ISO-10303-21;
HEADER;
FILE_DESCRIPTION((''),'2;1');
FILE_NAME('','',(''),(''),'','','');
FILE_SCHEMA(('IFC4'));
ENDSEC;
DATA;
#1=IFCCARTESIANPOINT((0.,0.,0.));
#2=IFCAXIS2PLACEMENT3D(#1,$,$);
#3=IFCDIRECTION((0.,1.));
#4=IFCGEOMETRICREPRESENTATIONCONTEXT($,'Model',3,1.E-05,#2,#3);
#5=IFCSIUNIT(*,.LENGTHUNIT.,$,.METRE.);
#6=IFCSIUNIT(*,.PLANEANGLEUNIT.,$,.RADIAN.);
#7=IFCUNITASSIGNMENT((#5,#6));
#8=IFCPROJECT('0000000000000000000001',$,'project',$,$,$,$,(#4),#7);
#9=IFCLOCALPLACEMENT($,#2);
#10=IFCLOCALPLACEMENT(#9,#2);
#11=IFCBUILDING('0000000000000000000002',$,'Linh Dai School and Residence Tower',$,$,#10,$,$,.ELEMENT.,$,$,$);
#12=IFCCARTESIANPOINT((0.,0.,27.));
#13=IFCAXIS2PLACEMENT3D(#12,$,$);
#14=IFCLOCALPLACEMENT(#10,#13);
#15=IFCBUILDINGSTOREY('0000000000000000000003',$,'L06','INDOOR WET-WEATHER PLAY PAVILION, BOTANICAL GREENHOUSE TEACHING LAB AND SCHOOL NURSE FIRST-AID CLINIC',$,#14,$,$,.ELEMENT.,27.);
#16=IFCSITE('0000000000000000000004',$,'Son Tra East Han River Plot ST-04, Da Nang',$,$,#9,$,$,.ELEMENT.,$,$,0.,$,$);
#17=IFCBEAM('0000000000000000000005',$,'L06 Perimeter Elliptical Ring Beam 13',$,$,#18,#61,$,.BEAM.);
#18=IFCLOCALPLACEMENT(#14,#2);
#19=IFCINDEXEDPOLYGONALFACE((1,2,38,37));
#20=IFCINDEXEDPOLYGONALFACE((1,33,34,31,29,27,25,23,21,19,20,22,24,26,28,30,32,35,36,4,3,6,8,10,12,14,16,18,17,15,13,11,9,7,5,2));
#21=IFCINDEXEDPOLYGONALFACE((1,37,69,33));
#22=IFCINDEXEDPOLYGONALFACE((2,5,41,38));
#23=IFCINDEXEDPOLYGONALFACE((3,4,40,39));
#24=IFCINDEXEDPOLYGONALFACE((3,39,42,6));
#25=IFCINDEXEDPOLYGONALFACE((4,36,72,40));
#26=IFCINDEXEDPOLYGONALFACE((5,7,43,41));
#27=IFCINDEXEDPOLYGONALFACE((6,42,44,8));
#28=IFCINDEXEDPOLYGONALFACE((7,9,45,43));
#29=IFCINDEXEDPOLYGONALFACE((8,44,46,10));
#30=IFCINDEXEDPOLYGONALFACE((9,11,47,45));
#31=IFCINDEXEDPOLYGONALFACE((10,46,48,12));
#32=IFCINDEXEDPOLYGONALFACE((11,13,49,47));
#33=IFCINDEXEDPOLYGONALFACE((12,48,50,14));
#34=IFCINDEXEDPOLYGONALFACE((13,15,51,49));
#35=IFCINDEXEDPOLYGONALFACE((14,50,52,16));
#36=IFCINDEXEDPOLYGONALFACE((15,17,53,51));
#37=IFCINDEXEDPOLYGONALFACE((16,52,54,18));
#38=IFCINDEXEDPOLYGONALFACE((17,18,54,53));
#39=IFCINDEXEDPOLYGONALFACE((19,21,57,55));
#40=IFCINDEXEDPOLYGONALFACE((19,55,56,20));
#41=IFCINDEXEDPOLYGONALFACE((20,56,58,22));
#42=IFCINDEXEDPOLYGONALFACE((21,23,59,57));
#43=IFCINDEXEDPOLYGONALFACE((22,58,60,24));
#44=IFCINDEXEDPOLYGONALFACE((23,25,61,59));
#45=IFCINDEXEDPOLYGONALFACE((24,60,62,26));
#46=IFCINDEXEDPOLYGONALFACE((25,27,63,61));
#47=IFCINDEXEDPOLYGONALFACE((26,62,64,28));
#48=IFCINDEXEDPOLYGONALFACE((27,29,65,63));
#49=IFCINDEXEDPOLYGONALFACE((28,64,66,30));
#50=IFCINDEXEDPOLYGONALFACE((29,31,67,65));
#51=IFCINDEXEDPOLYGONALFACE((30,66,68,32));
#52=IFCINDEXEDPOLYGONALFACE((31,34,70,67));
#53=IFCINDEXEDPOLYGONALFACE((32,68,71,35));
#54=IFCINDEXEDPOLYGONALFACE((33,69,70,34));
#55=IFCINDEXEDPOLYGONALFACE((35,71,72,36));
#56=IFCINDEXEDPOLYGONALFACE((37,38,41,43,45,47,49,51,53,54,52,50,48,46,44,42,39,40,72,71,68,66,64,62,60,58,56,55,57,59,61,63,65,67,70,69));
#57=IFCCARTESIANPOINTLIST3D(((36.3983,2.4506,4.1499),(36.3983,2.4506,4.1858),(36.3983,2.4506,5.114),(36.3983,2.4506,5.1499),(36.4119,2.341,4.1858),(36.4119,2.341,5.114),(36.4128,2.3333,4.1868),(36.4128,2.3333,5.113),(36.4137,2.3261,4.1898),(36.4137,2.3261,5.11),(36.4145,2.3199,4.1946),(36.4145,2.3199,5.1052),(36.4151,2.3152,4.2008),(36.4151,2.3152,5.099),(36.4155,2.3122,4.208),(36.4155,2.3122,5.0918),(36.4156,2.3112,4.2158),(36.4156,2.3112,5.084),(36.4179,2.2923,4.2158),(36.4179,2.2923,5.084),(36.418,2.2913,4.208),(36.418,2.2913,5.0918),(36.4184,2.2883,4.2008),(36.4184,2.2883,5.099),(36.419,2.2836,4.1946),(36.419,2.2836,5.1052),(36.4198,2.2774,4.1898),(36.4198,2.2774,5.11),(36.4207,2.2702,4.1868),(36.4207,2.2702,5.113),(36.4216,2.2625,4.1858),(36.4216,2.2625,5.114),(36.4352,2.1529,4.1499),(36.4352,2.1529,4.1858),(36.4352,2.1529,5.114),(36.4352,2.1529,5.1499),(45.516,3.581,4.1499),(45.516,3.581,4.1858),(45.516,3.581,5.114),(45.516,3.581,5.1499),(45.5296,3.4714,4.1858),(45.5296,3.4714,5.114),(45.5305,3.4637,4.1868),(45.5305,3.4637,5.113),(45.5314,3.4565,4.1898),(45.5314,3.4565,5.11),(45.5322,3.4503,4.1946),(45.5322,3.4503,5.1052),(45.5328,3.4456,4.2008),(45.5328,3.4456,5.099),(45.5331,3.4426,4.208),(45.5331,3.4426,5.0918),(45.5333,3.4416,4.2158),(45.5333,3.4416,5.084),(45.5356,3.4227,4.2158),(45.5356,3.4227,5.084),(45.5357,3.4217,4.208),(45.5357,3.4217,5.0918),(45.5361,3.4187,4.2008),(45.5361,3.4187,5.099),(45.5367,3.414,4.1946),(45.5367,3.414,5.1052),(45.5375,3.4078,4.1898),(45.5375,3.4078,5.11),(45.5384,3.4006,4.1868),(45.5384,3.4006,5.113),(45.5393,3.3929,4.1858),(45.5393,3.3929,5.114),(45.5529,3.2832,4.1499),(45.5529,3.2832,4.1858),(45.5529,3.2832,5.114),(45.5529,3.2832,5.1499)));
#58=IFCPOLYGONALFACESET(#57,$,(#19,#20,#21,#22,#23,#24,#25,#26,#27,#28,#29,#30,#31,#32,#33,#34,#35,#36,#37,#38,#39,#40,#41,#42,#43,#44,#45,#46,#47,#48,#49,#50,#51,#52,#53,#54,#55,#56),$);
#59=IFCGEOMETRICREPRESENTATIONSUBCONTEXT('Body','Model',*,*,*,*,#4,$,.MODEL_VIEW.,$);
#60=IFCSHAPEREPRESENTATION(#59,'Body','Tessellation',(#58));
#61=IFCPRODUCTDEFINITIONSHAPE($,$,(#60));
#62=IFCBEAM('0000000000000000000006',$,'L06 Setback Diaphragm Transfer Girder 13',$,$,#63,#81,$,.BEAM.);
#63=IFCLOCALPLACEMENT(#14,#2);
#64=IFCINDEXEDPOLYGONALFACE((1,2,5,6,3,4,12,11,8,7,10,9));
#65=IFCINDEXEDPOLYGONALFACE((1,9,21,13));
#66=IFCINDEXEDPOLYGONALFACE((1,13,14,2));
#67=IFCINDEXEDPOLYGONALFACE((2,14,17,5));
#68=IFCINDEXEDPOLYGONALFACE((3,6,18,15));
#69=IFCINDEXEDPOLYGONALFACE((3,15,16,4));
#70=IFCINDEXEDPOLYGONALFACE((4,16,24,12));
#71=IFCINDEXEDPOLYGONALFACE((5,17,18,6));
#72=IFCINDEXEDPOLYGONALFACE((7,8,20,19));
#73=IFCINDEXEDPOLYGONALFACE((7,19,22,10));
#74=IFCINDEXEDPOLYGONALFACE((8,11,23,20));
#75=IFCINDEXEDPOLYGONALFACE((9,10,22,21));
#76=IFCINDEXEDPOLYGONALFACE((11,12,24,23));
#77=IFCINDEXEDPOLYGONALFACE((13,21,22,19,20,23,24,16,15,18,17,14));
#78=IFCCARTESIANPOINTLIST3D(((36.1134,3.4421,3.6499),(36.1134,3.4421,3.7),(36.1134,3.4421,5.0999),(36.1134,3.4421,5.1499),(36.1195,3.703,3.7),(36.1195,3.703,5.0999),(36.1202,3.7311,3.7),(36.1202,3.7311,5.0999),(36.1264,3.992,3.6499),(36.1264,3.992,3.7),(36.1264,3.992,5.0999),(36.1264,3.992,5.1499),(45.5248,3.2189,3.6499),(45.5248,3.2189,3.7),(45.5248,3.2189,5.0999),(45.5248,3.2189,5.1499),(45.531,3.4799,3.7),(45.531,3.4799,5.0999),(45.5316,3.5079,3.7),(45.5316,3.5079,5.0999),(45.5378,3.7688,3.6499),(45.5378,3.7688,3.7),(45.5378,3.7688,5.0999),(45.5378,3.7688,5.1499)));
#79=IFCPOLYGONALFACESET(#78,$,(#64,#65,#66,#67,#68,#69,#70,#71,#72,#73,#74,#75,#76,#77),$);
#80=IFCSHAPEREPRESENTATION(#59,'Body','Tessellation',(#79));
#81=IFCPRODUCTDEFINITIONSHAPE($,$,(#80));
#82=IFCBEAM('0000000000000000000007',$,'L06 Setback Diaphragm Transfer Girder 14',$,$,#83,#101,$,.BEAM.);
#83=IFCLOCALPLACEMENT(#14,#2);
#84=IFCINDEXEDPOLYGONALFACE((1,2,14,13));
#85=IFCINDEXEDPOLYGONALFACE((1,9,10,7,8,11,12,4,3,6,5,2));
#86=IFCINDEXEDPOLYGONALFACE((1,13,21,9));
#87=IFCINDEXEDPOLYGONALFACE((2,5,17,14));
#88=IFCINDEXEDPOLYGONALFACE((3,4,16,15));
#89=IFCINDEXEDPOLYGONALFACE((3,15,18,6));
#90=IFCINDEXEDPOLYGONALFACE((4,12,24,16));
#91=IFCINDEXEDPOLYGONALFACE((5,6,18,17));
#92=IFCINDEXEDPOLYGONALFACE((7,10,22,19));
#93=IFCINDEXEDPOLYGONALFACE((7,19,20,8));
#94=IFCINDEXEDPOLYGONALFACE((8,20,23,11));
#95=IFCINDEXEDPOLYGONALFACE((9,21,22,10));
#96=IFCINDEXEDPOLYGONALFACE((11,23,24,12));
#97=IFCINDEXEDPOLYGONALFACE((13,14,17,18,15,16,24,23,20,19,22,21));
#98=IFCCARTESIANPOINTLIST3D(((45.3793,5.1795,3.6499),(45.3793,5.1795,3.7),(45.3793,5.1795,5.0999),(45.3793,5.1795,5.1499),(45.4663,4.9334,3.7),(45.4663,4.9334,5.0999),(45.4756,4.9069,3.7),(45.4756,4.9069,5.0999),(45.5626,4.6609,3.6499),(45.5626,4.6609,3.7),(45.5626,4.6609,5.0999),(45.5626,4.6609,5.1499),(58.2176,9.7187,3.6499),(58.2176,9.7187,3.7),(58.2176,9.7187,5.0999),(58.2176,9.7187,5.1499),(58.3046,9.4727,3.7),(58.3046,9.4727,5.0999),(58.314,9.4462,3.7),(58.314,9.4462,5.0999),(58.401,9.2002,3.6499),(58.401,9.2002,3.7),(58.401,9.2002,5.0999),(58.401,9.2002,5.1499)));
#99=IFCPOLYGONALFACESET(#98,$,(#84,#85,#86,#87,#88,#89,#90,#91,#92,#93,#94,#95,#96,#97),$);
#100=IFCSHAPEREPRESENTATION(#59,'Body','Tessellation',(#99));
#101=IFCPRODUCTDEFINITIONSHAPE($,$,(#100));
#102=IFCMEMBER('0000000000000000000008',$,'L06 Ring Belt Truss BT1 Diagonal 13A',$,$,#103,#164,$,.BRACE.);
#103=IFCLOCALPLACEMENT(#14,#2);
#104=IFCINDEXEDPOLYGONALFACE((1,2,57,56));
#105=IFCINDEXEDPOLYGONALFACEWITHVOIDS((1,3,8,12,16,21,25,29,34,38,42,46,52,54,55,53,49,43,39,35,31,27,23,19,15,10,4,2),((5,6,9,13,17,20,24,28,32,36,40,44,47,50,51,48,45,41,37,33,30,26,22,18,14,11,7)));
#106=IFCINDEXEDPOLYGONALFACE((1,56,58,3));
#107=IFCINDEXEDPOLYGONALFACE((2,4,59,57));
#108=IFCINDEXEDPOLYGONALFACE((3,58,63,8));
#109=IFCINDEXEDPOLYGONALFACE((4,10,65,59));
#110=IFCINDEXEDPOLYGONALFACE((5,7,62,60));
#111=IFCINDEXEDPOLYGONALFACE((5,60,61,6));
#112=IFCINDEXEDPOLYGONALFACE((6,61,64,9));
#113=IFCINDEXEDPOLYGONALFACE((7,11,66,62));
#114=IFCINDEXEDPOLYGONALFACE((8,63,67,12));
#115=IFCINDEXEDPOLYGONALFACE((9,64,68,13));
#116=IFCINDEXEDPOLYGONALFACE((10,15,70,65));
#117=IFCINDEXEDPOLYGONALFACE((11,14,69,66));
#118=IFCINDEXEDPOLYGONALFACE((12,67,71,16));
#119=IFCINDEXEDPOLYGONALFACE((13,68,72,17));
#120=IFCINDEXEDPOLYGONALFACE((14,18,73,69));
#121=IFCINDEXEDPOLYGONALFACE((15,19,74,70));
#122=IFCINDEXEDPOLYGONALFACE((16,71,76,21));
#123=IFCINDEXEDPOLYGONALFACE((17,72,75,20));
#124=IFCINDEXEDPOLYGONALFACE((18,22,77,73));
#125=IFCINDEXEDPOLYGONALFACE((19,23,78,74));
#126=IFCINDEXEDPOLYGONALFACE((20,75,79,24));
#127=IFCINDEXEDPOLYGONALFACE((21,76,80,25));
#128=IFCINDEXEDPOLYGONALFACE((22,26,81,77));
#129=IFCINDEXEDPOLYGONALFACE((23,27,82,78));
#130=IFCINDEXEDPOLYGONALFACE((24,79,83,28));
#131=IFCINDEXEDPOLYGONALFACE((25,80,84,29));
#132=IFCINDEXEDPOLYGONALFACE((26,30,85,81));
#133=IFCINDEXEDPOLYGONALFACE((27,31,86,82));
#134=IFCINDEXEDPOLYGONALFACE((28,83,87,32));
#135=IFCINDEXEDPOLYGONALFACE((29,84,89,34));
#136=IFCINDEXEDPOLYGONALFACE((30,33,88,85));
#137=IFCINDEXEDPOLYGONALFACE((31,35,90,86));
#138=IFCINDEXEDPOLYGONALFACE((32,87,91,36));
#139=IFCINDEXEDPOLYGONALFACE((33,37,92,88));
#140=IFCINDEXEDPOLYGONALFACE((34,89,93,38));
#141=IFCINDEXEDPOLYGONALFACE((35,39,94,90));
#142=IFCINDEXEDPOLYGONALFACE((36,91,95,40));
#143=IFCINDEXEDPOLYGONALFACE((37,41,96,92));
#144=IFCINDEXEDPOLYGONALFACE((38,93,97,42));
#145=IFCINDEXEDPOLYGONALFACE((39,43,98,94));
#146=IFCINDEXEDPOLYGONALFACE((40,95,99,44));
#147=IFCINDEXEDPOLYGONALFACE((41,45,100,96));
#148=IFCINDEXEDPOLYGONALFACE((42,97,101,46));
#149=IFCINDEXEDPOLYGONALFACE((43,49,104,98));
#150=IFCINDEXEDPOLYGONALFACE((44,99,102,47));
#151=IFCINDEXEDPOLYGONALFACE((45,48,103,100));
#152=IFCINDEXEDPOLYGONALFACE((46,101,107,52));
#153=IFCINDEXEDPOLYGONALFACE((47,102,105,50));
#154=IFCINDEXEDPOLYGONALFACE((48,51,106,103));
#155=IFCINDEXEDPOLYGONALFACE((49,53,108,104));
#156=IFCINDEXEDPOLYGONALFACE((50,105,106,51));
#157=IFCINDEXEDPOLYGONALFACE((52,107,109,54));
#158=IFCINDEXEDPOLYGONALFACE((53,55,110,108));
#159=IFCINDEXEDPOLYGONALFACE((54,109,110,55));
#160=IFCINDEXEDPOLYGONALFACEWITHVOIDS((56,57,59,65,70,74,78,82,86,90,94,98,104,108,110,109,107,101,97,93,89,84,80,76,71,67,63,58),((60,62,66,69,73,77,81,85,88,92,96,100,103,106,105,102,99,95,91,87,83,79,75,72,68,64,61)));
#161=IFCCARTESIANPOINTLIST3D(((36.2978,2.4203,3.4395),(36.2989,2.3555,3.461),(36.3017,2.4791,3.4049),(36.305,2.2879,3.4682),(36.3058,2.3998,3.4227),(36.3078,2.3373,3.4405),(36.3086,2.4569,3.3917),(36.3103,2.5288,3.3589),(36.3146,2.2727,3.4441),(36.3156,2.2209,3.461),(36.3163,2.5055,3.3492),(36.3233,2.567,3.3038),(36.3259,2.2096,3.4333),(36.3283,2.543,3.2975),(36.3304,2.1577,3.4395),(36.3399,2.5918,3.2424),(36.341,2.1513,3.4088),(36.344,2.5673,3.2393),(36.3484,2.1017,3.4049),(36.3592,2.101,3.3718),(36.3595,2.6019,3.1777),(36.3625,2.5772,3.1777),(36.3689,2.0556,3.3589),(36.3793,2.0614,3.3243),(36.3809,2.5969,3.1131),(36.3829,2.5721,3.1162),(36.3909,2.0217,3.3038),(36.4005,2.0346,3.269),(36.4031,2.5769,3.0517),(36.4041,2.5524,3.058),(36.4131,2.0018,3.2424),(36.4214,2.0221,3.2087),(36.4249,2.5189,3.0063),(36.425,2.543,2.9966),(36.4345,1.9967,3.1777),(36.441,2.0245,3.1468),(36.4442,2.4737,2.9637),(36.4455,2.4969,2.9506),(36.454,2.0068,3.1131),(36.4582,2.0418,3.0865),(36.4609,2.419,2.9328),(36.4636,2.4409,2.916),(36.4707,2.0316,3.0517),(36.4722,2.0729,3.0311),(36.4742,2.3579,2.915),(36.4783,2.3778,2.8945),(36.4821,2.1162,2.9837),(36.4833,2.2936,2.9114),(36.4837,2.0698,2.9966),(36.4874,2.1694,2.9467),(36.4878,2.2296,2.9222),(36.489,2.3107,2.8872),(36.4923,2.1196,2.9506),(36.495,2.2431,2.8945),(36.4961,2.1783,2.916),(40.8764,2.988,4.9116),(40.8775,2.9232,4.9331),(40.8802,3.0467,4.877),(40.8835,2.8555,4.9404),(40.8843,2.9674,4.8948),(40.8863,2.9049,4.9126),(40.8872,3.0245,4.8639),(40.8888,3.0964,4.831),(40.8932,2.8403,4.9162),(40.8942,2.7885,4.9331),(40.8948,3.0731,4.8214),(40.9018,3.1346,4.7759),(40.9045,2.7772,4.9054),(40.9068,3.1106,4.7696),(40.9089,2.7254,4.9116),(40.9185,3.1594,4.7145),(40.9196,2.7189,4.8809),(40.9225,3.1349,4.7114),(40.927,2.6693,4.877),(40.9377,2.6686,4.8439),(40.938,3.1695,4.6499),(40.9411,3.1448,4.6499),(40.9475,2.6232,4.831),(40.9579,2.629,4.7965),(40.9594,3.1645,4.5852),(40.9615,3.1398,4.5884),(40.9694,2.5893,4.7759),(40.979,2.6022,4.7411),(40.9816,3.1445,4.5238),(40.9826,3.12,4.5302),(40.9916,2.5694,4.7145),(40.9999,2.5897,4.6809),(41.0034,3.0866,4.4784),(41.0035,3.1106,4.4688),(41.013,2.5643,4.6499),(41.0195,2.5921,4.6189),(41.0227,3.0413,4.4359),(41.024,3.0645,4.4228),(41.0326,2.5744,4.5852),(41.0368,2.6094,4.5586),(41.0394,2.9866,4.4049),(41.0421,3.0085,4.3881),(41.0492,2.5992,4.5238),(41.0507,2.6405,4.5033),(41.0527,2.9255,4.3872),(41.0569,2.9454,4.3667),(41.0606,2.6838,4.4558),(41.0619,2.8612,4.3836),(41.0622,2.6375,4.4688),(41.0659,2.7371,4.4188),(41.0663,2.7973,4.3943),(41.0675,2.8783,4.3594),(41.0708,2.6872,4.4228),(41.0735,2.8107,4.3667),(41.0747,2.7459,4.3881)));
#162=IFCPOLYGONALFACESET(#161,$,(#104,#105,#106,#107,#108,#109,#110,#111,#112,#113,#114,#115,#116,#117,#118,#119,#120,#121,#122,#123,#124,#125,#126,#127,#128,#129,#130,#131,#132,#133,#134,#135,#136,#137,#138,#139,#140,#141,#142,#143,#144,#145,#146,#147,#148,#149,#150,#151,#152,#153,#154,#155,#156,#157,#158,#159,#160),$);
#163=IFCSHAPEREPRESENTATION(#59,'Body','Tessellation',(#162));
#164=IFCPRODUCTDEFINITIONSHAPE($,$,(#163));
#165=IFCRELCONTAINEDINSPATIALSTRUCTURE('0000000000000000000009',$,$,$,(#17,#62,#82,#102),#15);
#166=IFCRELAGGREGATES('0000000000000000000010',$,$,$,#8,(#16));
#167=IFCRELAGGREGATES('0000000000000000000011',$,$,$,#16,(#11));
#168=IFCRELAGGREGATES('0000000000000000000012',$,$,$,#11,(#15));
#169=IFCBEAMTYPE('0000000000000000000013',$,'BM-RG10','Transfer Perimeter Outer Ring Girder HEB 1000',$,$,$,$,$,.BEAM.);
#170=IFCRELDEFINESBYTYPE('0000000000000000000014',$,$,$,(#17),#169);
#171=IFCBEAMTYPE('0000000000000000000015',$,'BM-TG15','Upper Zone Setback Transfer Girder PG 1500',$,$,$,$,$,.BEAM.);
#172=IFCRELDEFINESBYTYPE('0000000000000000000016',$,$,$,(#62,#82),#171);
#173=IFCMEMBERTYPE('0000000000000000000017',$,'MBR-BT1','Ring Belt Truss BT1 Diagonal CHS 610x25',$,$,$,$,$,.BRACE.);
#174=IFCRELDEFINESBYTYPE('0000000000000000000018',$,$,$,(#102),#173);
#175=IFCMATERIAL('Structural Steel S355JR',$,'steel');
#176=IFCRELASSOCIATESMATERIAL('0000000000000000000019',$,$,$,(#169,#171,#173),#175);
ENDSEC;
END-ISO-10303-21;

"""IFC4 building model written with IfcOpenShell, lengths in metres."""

from ifc_helpers import new_model, si_unit, direction, frame, origin, origin_2d, place, context, subcontext, project, spatial, hollow_circle, i_section, extrude, material, material_profile, profile_set, type_object, element, save


model = new_model("IFC4")

# Units and contexts
model_context = context("Model", 3, precision=1e-05, world=origin(), true_north=direction((0.0, 1.0)))
body_context = subcontext(model_context, "Body", "Model", "MODEL_VIEW")
ifc_project = project(units=[si_unit("LENGTHUNIT", "METRE"), si_unit("PLANEANGLEUNIT", "RADIAN")], contexts=[model_context])

# Site, building, storey
site_placement = place(None, origin())
site = spatial("IfcSite", under=ifc_project, at=site_placement, Name="Son Tra East Han River Plot ST-04, Da Nang", CompositionType="ELEMENT", RefElevation=0.0)
building_placement = place(site_placement, origin())
building = spatial("IfcBuilding", under=site, at=building_placement, Name="Linh Dai School and Residence Tower", CompositionType="ELEMENT")
storey_placement = place(building_placement, frame((0.0, 0.0, 27.0)))
storey = spatial("IfcBuildingStorey", under=building, at=storey_placement, Name="L06", Description="INDOOR WET-WEATHER PLAY PAVILION, BOTANICAL GREENHOUSE TEACHING LAB AND SCHOOL NURSE FIRST-AID CLINIC", CompositionType="ELEMENT", Elevation=27.0)

# Shared definitions
ifc_material_1 = material(Name="Structural Steel S355JR", Category="steel")

# Beams
ifc_material_profile_1 = material_profile(ifc_material_1, i_section(OverallWidth=0.3, OverallDepth=1.0, WebThickness=0.019, FlangeThickness=0.0359, FilletRadius=0.03, at=origin_2d()), Name="HEB 1000")
ifc_profile_set_1 = profile_set([ifc_material_profile_1], Name="Structural Steel S355JR")
beam_type_1 = type_object("IfcBeamType", Name="BM-RG10", Description="Transfer Perimeter Outer Ring Girder HEB 1000", PredefinedType="BEAM", material=ifc_profile_set_1)
beam_1_placement = place(storey_placement, frame((36.4167, 2.3018, 4.6499), z_axis=(0.992402, 0.123034, 0.0), x_axis=(-0.123034, 0.992402, 0.0)))
element("IfcBeam", 1, at=beam_1_placement, inside=storey, type_object=beam_type_1, Name="L06 Perimeter Elliptical Ring Beam 13", PredefinedType="BEAM", context=body_context, shape_type="SweptSolid", body=[
    extrude(i_section(OverallWidth=0.3, OverallDepth=1.0, WebThickness=0.019, FlangeThickness=0.0359, FilletRadius=0.03, at=origin_2d()), origin(), (0.0, 0.0, 1.0), 9.1875),
])
ifc_material_profile_2 = material_profile(ifc_material_1, i_section(OverallWidth=0.55, OverallDepth=1.5, WebThickness=0.0281, FlangeThickness=0.05, at=origin_2d()), Name="PG 1500x550x28x50")
ifc_profile_set_2 = profile_set([ifc_material_profile_2], Name="Structural Steel S355JR")
beam_type_2 = type_object("IfcBeamType", Name="BM-TG15", Description="Upper Zone Setback Transfer Girder PG 1500", PredefinedType="BEAM", material=ifc_profile_set_2)
beam_2_placement = place(storey_placement, frame((36.1199, 3.717, 4.3999), z_axis=(0.999719, -0.023703, 0.0), x_axis=(0.023703, 0.999719, 0.0)))
element("IfcBeam", 2, at=beam_2_placement, inside=storey, type_object=beam_type_2, Name="L06 Setback Diaphragm Transfer Girder 13", PredefinedType="BEAM", context=body_context, shape_type="SweptSolid", body=[
    extrude(i_section(OverallWidth=0.55, OverallDepth=1.5, WebThickness=0.0281, FlangeThickness=0.05, at=origin_2d()), origin(), (0.0, 0.0, 1.0), 9.4141),
])
beam_3_placement = place(storey_placement, frame((45.4709, 4.9202, 4.3999), z_axis=(0.942803, 0.33335, 0.0), x_axis=(-0.33335, 0.942803, 0.0)))
element("IfcBeam", 3, at=beam_3_placement, inside=storey, type_object=beam_type_2, Name="L06 Setback Diaphragm Transfer Girder 14", PredefinedType="BEAM", context=body_context, shape_type="SweptSolid", body=[
    extrude(i_section(OverallWidth=0.55, OverallDepth=1.5, WebThickness=0.0281, FlangeThickness=0.05, at=origin_2d()), origin(), (0.0, 0.0, 1.0), 13.6172),
])

# Member
ifc_material_profile_3 = material_profile(ifc_material_1, hollow_circle(Radius=0.3049, WallThickness=0.0249, at=origin_2d()), Name="CHS 610x25")
ifc_profile_set_3 = profile_set([ifc_material_profile_3], Name="Structural Steel S355JR")
member_type = type_object("IfcMemberType", Name="MBR-BT1", Description="Ring Belt Truss BT1 Diagonal CHS 610x25", PredefinedType="BRACE", material=ifc_profile_set_3)
member_1_placement = place(storey_placement, frame((36.397, 2.2993, 3.1777), z_axis=(0.945438, 0.117209, 0.303988), x_axis=(-0.123032, 0.992403, 0.0)))
element("IfcMember", 4, at=member_1_placement, inside=storey, type_object=member_type, Name="L06 Ring Belt Truss BT1 Diagonal 13A", PredefinedType="BRACE", context=body_context, shape_type="SweptSolid", body=[
    extrude(hollow_circle(Radius=0.3049, WallThickness=0.0249, at=origin_2d()), origin(), (0.0, 0.0, 1.0), 4.8428),
])

save(model, "model.ifc")
